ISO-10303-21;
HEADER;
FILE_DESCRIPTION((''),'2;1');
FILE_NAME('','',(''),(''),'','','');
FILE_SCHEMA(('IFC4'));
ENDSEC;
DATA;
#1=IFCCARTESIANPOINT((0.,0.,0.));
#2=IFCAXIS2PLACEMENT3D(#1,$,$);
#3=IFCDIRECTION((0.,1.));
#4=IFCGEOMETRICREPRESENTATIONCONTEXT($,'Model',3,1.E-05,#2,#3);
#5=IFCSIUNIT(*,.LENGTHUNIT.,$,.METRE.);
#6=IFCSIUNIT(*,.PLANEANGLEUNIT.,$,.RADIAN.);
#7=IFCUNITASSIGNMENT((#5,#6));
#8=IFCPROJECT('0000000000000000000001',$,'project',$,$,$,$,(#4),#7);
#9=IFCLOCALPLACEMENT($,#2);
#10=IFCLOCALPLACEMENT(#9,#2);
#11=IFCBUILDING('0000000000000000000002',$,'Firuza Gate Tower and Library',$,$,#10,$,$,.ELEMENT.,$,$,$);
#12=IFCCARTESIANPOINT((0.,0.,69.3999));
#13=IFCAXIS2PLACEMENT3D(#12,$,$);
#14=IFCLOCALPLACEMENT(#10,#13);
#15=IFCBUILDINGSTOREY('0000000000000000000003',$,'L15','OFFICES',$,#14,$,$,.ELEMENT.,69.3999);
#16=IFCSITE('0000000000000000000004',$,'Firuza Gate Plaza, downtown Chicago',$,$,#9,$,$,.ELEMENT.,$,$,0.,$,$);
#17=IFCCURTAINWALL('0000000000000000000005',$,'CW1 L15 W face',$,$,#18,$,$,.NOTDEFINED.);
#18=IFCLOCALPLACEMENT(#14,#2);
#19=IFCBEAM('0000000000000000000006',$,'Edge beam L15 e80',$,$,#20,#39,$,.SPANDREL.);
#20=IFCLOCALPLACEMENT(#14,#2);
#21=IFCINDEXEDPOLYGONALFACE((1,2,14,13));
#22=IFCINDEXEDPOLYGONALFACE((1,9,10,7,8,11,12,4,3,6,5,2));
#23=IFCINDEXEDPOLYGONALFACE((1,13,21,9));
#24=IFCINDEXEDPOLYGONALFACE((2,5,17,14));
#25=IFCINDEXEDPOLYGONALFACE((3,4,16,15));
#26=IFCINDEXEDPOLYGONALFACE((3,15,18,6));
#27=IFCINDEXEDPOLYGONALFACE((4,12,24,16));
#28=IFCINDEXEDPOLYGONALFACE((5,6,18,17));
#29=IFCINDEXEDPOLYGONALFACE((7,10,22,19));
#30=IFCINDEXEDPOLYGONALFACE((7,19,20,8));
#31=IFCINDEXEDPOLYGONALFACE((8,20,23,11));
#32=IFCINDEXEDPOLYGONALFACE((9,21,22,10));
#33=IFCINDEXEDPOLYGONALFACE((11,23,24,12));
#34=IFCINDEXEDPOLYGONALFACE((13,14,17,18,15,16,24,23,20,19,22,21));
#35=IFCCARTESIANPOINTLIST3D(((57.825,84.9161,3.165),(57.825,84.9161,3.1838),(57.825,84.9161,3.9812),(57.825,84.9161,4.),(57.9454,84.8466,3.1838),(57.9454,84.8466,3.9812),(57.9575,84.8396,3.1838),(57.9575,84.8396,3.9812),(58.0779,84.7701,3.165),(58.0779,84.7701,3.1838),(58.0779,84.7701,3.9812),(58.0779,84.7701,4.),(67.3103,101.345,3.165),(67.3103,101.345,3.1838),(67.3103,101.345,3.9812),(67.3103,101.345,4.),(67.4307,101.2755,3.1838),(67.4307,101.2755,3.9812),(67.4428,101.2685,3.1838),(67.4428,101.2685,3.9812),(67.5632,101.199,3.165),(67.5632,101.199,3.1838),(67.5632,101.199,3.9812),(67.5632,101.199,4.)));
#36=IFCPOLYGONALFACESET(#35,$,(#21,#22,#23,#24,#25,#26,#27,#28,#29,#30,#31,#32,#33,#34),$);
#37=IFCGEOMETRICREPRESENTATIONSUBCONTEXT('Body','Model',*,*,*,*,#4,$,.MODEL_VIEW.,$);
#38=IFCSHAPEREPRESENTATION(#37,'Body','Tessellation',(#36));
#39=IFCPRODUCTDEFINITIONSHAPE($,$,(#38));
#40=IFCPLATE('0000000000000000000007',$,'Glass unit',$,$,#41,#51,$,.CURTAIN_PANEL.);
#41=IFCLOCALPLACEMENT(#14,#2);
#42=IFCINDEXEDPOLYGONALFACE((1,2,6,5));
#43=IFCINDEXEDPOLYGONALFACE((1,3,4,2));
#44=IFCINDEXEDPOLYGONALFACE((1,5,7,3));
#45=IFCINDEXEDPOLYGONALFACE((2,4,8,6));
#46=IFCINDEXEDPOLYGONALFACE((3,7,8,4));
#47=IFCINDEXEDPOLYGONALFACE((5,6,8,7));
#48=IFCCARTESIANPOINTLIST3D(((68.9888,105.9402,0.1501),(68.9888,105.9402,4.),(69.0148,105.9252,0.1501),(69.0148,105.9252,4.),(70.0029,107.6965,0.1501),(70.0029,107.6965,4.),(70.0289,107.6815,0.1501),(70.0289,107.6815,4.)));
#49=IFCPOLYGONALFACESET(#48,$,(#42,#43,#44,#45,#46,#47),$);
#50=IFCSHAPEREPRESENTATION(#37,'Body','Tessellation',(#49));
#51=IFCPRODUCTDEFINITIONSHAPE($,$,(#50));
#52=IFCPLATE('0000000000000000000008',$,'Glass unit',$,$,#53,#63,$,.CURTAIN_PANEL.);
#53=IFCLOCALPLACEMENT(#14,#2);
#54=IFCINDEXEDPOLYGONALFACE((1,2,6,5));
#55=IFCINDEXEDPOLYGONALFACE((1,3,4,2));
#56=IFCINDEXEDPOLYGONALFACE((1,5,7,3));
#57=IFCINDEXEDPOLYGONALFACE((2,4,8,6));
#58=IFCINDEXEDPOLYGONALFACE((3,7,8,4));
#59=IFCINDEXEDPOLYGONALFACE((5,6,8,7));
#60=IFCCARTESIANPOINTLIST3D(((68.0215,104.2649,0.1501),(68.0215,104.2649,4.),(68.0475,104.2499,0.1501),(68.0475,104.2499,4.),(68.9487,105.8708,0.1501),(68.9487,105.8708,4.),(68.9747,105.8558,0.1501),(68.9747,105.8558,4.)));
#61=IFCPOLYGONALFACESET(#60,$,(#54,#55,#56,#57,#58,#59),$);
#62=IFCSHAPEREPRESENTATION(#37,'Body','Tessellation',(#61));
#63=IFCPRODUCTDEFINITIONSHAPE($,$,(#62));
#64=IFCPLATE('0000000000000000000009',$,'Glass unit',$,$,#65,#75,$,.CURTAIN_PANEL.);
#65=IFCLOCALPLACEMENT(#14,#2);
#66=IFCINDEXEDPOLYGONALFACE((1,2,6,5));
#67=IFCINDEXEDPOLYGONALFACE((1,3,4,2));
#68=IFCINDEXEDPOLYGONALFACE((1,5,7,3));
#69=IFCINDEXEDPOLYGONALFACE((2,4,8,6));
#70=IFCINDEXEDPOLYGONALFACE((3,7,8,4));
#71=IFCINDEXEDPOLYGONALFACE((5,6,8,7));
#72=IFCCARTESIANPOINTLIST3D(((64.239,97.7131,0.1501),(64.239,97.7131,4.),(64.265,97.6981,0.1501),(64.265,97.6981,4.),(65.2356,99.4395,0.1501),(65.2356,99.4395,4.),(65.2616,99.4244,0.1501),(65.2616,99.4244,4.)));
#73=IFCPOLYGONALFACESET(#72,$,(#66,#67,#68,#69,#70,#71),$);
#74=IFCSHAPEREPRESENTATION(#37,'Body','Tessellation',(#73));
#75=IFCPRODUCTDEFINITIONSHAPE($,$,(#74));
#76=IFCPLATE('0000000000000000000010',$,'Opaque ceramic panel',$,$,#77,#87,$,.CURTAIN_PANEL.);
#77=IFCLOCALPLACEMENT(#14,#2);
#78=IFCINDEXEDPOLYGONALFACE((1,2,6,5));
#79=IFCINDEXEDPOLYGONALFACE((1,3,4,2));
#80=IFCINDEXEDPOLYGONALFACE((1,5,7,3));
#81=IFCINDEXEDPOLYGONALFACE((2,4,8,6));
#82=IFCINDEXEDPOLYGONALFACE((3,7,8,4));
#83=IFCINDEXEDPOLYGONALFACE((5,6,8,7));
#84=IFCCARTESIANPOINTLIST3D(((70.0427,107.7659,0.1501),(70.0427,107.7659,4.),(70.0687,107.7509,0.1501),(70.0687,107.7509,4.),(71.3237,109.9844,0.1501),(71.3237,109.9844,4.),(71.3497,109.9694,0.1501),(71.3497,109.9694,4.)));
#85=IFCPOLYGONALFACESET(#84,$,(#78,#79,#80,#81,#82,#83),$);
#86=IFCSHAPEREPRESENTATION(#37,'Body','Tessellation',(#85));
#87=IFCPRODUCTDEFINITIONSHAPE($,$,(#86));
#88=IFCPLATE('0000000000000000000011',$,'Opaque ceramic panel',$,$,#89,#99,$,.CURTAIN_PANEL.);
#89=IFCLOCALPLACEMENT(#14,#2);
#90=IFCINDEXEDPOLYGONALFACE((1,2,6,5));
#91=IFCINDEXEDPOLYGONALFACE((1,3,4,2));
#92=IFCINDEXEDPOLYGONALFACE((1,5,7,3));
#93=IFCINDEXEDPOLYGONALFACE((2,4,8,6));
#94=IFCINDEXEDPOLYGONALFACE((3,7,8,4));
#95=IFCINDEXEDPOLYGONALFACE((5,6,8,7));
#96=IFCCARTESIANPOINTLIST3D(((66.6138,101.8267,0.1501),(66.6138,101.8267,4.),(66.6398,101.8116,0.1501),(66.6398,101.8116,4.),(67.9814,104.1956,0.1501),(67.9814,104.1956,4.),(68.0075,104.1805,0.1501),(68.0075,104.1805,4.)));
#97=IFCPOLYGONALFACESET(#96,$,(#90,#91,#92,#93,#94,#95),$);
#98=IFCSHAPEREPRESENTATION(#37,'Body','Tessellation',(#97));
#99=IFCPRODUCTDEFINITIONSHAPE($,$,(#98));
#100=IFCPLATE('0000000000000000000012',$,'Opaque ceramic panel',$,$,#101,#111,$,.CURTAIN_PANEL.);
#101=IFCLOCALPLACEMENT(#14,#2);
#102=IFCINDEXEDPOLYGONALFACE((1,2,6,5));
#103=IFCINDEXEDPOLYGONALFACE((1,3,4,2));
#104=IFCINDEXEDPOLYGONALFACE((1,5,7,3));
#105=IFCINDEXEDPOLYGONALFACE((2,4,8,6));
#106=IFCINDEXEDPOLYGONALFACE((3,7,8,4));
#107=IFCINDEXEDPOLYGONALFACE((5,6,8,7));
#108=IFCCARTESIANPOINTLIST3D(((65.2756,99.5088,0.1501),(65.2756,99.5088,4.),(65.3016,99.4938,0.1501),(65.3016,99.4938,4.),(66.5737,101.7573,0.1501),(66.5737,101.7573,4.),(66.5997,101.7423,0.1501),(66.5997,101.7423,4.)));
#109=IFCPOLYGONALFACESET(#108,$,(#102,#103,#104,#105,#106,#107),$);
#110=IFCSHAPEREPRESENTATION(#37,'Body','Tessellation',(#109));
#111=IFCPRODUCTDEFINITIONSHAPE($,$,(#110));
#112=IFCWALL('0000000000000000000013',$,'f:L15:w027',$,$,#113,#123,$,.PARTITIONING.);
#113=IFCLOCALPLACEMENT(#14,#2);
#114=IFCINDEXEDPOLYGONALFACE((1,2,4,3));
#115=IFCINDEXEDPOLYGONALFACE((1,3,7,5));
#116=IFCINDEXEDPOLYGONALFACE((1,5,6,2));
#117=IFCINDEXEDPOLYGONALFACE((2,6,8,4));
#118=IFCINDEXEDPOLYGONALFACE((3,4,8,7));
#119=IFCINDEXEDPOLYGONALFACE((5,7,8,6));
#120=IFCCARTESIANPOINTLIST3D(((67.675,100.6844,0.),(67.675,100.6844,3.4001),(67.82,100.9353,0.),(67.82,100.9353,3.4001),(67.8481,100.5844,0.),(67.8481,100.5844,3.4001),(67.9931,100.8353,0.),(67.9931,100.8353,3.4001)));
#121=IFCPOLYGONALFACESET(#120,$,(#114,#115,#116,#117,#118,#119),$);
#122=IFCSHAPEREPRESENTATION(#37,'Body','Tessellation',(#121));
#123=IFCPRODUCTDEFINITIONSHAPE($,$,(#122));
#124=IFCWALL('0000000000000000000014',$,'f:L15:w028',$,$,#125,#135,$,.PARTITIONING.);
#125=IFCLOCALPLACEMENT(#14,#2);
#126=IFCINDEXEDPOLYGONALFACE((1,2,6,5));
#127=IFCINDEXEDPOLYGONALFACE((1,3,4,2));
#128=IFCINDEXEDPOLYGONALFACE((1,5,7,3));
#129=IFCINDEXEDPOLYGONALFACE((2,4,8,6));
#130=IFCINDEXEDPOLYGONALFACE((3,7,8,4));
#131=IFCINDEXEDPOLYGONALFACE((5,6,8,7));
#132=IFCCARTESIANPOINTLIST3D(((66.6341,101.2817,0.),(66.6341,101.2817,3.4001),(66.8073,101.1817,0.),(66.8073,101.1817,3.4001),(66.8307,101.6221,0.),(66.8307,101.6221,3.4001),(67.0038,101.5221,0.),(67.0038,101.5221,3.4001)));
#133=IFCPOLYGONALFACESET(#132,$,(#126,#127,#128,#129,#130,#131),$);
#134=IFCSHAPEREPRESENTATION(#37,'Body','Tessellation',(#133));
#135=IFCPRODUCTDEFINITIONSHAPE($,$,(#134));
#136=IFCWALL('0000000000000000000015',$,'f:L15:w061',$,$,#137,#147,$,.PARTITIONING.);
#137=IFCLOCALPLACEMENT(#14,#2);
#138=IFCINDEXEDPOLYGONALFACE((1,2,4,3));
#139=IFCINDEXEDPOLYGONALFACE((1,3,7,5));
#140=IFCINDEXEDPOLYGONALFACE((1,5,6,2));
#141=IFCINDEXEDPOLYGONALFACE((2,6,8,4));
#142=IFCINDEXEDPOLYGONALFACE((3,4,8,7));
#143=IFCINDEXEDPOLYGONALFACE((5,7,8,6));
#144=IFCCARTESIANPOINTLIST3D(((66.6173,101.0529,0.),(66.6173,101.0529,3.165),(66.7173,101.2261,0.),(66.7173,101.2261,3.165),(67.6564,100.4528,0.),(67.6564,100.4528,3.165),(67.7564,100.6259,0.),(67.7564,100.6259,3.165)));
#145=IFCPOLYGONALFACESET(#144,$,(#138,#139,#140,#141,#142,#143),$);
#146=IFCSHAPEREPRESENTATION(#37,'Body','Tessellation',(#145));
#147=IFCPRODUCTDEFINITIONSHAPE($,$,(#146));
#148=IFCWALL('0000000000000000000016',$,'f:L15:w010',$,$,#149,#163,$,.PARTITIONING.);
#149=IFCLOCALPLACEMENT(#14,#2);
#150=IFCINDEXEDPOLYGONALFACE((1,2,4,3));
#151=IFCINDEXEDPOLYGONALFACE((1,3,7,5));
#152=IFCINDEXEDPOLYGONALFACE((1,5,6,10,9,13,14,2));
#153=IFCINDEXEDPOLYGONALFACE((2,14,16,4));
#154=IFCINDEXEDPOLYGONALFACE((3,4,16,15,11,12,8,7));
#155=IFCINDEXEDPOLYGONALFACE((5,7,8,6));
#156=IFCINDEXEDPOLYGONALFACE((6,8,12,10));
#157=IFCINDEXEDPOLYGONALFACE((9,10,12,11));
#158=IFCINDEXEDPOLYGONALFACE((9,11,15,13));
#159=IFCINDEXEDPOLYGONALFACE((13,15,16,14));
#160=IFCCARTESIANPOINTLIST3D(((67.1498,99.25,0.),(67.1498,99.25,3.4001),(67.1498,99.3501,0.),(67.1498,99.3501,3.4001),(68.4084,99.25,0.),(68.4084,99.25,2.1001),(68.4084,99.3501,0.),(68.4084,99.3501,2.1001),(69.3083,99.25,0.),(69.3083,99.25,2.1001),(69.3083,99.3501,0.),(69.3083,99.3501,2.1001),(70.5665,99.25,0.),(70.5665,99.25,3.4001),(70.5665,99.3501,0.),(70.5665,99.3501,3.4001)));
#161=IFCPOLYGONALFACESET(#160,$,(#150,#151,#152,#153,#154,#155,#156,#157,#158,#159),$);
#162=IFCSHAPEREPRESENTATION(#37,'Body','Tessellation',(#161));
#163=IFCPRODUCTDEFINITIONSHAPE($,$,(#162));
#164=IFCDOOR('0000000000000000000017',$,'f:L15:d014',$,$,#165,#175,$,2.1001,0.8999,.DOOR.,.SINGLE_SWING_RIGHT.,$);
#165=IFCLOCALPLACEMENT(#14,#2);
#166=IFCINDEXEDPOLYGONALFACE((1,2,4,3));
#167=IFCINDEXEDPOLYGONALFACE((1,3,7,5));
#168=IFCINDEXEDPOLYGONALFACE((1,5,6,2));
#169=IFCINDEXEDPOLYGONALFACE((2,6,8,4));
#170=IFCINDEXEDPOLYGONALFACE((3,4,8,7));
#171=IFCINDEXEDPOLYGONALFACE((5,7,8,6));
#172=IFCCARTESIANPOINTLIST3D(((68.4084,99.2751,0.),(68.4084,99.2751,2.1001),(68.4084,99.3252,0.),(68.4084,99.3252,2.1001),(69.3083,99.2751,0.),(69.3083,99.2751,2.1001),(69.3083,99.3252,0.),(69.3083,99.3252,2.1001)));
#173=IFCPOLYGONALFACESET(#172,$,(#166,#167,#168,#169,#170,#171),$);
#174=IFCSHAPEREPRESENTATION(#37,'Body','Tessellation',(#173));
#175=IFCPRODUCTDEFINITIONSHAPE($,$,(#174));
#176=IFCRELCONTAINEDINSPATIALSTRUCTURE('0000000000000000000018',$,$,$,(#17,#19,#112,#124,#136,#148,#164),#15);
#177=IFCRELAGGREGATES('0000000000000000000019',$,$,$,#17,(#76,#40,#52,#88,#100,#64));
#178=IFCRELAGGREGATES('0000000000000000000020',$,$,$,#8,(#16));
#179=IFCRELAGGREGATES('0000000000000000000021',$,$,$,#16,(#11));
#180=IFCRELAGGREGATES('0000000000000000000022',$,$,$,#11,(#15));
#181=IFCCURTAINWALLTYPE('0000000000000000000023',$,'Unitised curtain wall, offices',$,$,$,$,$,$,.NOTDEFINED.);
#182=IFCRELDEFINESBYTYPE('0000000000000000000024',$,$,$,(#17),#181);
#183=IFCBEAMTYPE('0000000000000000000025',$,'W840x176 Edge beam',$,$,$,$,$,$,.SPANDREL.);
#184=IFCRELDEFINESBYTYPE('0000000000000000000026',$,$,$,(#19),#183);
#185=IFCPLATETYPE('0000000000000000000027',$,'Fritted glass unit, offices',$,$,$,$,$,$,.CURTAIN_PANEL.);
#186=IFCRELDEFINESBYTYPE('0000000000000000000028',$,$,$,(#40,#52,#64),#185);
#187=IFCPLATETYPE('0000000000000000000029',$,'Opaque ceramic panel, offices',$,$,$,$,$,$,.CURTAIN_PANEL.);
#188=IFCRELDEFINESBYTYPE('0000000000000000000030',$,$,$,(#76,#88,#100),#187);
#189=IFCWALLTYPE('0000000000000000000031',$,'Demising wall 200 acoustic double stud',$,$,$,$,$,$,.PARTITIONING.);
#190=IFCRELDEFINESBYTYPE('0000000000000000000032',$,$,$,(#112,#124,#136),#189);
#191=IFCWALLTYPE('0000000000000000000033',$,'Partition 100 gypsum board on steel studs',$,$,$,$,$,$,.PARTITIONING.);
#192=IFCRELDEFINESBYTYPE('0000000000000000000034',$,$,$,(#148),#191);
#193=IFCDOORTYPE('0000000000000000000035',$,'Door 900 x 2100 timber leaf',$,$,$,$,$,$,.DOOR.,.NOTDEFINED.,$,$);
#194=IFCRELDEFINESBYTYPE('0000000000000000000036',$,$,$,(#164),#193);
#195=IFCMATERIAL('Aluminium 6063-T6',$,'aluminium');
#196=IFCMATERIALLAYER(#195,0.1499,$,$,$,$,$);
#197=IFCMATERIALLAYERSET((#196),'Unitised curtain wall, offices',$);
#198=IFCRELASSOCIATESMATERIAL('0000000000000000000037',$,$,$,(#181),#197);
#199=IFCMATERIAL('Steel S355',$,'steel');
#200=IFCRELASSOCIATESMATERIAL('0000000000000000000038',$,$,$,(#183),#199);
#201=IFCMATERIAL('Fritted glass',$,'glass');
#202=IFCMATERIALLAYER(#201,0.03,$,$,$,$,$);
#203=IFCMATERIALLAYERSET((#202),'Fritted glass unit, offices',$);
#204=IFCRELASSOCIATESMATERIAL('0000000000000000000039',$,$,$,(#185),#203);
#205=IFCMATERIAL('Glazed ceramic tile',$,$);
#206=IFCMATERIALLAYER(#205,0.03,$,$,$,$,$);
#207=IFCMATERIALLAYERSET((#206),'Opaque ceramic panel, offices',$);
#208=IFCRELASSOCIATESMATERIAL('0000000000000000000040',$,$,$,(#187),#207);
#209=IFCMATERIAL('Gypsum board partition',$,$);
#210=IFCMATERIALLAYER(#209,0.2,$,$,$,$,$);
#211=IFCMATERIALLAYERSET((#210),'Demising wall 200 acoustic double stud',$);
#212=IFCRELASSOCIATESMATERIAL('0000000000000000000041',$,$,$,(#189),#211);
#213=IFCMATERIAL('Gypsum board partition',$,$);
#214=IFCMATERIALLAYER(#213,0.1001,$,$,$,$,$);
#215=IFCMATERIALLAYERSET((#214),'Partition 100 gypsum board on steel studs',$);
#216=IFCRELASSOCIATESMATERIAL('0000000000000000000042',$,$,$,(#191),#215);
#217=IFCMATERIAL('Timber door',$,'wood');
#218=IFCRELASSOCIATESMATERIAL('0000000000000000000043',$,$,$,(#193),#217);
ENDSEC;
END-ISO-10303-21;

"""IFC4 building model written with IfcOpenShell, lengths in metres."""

from ifc_helpers import new_model, si_unit, direction, frame, frame_2d, origin, origin_2d, place, context, subcontext, project, spatial, polyline, rectangle, i_section, outline, extrude, material, layer, layer_set, material_profile, profile_set, type_object, element, fill, aggregate, save


model = new_model("IFC4")

# Units and contexts
model_context = context("Model", 3, precision=1e-05, world=origin(), true_north=direction((0.0, 1.0)))
body_context = subcontext(model_context, "Body", "Model", "MODEL_VIEW")
ifc_project = project(units=[si_unit("LENGTHUNIT", "METRE"), si_unit("PLANEANGLEUNIT", "RADIAN")], contexts=[model_context])

# Site, building, storey
site_placement = place(None, origin())
site = spatial("IfcSite", under=ifc_project, at=site_placement, Name="Firuza Gate Plaza, downtown Chicago", CompositionType="ELEMENT", RefElevation=0.0)
building_placement = place(site_placement, origin())
building = spatial("IfcBuilding", under=site, at=building_placement, Name="Firuza Gate Tower and Library", CompositionType="ELEMENT")
storey_placement = place(building_placement, frame((0.0, 0.0, 69.3999)))
storey = spatial("IfcBuildingStorey", under=building, at=storey_placement, Name="L15", Description="OFFICES", CompositionType="ELEMENT", Elevation=69.3999)

# Curtain wall
ifc_material_1 = material(Name="Aluminium 6063-T6", Category="aluminium")
ifc_layer_1 = layer(ifc_material_1, 0.1499)
ifc_layer_set_1 = layer_set([ifc_layer_1], Name="Unitised curtain wall, offices")
curtain_wall_type_1 = type_object("IfcCurtainWallType", Name="Unitised curtain wall, offices", PredefinedType="NOTDEFINED", material=ifc_layer_set_1)
placement = place(storey_placement, origin())
curtain_wall_1 = element("IfcCurtainWall", 1, at=placement, inside=storey, type_object=curtain_wall_type_1, Name="CW1 L15 W face", PredefinedType="NOTDEFINED")

# Beam
ifc_material_2 = material(Name="Steel S355", Category="steel")
ifc_material_profile_1 = material_profile(ifc_material_2, i_section(OverallWidth=0.292, OverallDepth=0.835, WebThickness=0.0139, FlangeThickness=0.0188, at=origin_2d()))
ifc_profile_set_1 = profile_set([ifc_material_profile_1], Name="Steel S355")
beam_type_1 = type_object("IfcBeamType", Name="W840x176 Edge beam", PredefinedType="SPANDREL", material=ifc_profile_set_1)
beam_1_placement = place(storey_placement, frame((67.4368, 101.272, 3.5825), z_axis=(-0.500004, -0.866023, 0.0), x_axis=(0.866023, -0.500004, 0.0)))
element("IfcBeam", 2, at=beam_1_placement, inside=storey, type_object=beam_type_1, Name="Edge beam L15 e80", PredefinedType="SPANDREL", context=body_context, shape_type="SweptSolid", body=[
    extrude(i_section(OverallWidth=0.292, OverallDepth=0.835, WebThickness=0.0139, FlangeThickness=0.0188, at=origin_2d()), origin(), (0.0, 0.0, 1.0), 18.9705),
])

# Plates
ifc_material_3 = material(Name="Fritted glass", Category="glass")
ifc_layer_2 = layer(ifc_material_3, 0.03)
ifc_layer_set_2 = layer_set([ifc_layer_2], Name="Fritted glass unit, offices")
plate_type_1 = type_object("IfcPlateType", Name="Fritted glass unit, offices", PredefinedType="CURTAIN_PANEL", material=ifc_layer_set_2)
plate_1_placement = place(storey_placement, frame((70.0029, 107.6965, 0.1501), z_axis=(-0.865997, 0.500049, 0.0), x_axis=(-0.500049, -0.865997, 0.0)))
plate_1 = element("IfcPlate", 3, at=plate_1_placement, type_object=plate_type_1, Name="Glass unit", PredefinedType="CURTAIN_PANEL", context=body_context, shape_type="SweptSolid", body=[
    extrude(outline(polyline([(0.0, 0.0), (2.0281, 0.0), (2.0281, 3.8499), (0.0, 3.8499), (0.0, 0.0)])), origin(), (0.0, 0.0, -1.0), 0.03),
])
plate_2_placement = place(storey_placement, frame((68.9487, 105.8708, 0.1501), z_axis=(-0.866015, 0.500019, 0.0), x_axis=(-0.500019, -0.866015, 0.0)))
plate_2 = element("IfcPlate", 4, at=plate_2_placement, type_object=plate_type_1, Name="Glass unit", PredefinedType="CURTAIN_PANEL", context=body_context, shape_type="SweptSolid", body=[
    extrude(outline(polyline([(0.0, 0.0), (1.8544, 0.0), (1.8544, 3.8499), (0.0, 3.8499), (0.0, 0.0)])), origin(), (0.0, 0.0, -1.0), 0.03),
])
plate_3_placement = place(storey_placement, frame((65.2356, 99.4395, 0.1501), z_axis=(-0.866049, 0.499959, 0.0), x_axis=(-0.499959, -0.866049, 0.0)))
plate_3 = element("IfcPlate", 5, at=plate_3_placement, type_object=plate_type_1, Name="Glass unit", PredefinedType="CURTAIN_PANEL", context=body_context, shape_type="SweptSolid", body=[
    extrude(outline(polyline([(0.0, 0.0), (1.9933, 0.0), (1.9933, 3.8499), (0.0, 3.8499), (0.0, 0.0)])), origin(), (0.0, 0.0, -1.0), 0.03),
])
ifc_material_4 = material(Name="Glazed ceramic tile")
ifc_layer_3 = layer(ifc_material_4, 0.03)
ifc_layer_set_3 = layer_set([ifc_layer_3], Name="Opaque ceramic panel, offices")
plate_type_2 = type_object("IfcPlateType", Name="Opaque ceramic panel, offices", PredefinedType="CURTAIN_PANEL", material=ifc_layer_set_3)
plate_4_placement = place(storey_placement, frame((71.3237, 109.9844, 0.1501), z_axis=(-0.866, 0.500044, 0.0), x_axis=(-0.500044, -0.866, 0.0)))
plate_4 = element("IfcPlate", 6, at=plate_4_placement, type_object=plate_type_2, Name="Opaque ceramic panel", PredefinedType="CURTAIN_PANEL", context=body_context, shape_type="SweptSolid", body=[
    extrude(outline(polyline([(0.0, 0.0), (2.5618, 0.0), (2.5618, 3.8499), (0.0, 3.8499), (0.0, 0.0)])), origin(), (0.0, 0.0, -1.0), 0.03),
])
plate_5_placement = place(storey_placement, frame((67.9814, 104.1956, 0.1501), z_axis=(-0.866027, 0.499998, 0.0), x_axis=(-0.499998, -0.866027, 0.0)))
plate_5 = element("IfcPlate", 7, at=plate_5_placement, type_object=plate_type_2, Name="Opaque ceramic panel", PredefinedType="CURTAIN_PANEL", context=body_context, shape_type="SweptSolid", body=[
    extrude(outline(polyline([(0.0, 0.0), (2.7354, 0.0), (2.7354, 3.8499), (0.0, 3.8499), (0.0, 0.0)])), origin(), (0.0, 0.0, -1.0), 0.03),
])
plate_6_placement = place(storey_placement, frame((66.5737, 101.7573, 0.1501), z_axis=(-0.866042, 0.499972, 0.0), x_axis=(-0.499972, -0.866042, 0.0)))
plate_6 = element("IfcPlate", 8, at=plate_6_placement, type_object=plate_type_2, Name="Opaque ceramic panel", PredefinedType="CURTAIN_PANEL", context=body_context, shape_type="SweptSolid", body=[
    extrude(outline(polyline([(0.0, 0.0), (2.5963, 0.0), (2.5963, 3.8499), (0.0, 3.8499), (0.0, 0.0)])), origin(), (0.0, 0.0, -1.0), 0.03),
])
aggregate(curtain_wall_1, [plate_4, plate_1, plate_2, plate_5, plate_6, plate_3])

# Walls
ifc_material_5 = material(Name="Gypsum board partition")
ifc_layer_4 = layer(ifc_material_5, 0.2)
ifc_layer_set_4 = layer_set([ifc_layer_4], Name="Demising wall 200 acoustic double stud")
wall_type_1 = type_object("IfcWallType", Name="Demising wall 200 acoustic double stud", PredefinedType="PARTITIONING", material=ifc_layer_set_4)
wall_1_placement = place(storey_placement, frame((67.7615, 100.6343, 0.0), z_axis=(0.0, 0.0, 1.0), x_axis=(0.500306, 0.865849, 0.0)))
element("IfcWall", 9, at=wall_1_placement, inside=storey, type_object=wall_type_1, Name="f:L15:w027", PredefinedType="PARTITIONING", context=body_context, shape_type="SweptSolid", body=[
    extrude(rectangle(XDim=0.2898, YDim=0.2, at=frame_2d((0.145, 0.0))), origin(), (0.0, 0.0, 1.0), 3.4001),
])
wall_2_placement = place(storey_placement, frame((66.7207, 101.2317, 0.0), z_axis=(0.0, 0.0, 1.0), x_axis=(0.500081, 0.865979, 0.0)))
element("IfcWall", 10, at=wall_2_placement, inside=storey, type_object=wall_type_1, Name="f:L15:w028", PredefinedType="PARTITIONING", context=body_context, shape_type="SweptSolid", body=[
    extrude(rectangle(XDim=0.3931, YDim=0.2, at=frame_2d((0.1965, 0.0))), origin(), (0.0, 0.0, 1.0), 3.4001),
])
wall_3_placement = place(storey_placement, frame((67.7065, 100.5393, 0.0), z_axis=(0.0, 0.0, 1.0), x_axis=(-0.865955, 0.500122, 0.0)))
element("IfcWall", 11, at=wall_3_placement, inside=storey, type_object=wall_type_1, Name="f:L15:w061", PredefinedType="PARTITIONING", context=body_context, shape_type="SweptSolid", body=[
    extrude(rectangle(XDim=1.2, YDim=0.2, at=frame_2d((0.6001, 0.0))), origin(), (0.0, 0.0, 1.0), 3.165),
])

# Wall, opening, door
ifc_material_6 = material(Name="Gypsum board partition")
ifc_layer_5 = layer(ifc_material_6, 0.1001)
ifc_layer_set_5 = layer_set([ifc_layer_5], Name="Partition 100 gypsum board on steel studs")
wall_type_2 = type_object("IfcWallType", Name="Partition 100 gypsum board on steel studs", PredefinedType="PARTITIONING", material=ifc_layer_set_5)
wall_4_placement = place(storey_placement, frame((70.5667, 99.3, 0.0), z_axis=(0.0, 0.0, 1.0), x_axis=(-1.0, 0.0, 0.0)))
wall_4 = element("IfcWall", 12, at=wall_4_placement, inside=storey, type_object=wall_type_2, Name="f:L15:w010", PredefinedType="PARTITIONING", context=body_context, shape_type="SweptSolid", body=[
    extrude(rectangle(XDim=3.4167, YDim=0.1001, at=frame_2d((1.7085, 0.0))), origin(), (0.0, 0.0, 1.0), 3.4001),
])
opening_1_placement = place(wall_4_placement, frame((1.2583, 0.0, 0.0)))
opening_1 = element("IfcOpeningElement", 13, at=opening_1_placement, cuts=wall_4, PredefinedType="OPENING", context=body_context, shape_type="SweptSolid", body=[
    extrude(rectangle(XDim=0.8999, YDim=2.1001, at=frame_2d((0.45, 1.05))), frame((0.0, 0.0601, 0.0), z_axis=(0.0, -1.0, 0.0), x_axis=(1.0, 0.0, 0.0)), (0.0, 0.0, 1.0), 0.1201),
])
ifc_material_7 = material(Name="Timber door", Category="wood")
door_type = type_object("IfcDoorType", Name="Door 900 x 2100 timber leaf", OperationType="NOTDEFINED", PredefinedType="DOOR", material=ifc_material_7)
door_1_placement = place(opening_1_placement, origin())
door_1 = element("IfcDoor", 14, at=door_1_placement, inside=storey, type_object=door_type, Name="f:L15:d014", OperationType="SINGLE_SWING_RIGHT", OverallHeight=2.1001, OverallWidth=0.8999, PredefinedType="DOOR", context=body_context, shape_type="SweptSolid", body=[
    extrude(rectangle(XDim=0.8999, YDim=2.1001, at=frame_2d((0.45, 1.05))), frame((0.0, 0.0249, 0.0), z_axis=(0.0, -1.0, 0.0), x_axis=(1.0, 0.0, 0.0)), (0.0, 0.0, 1.0), 0.05),
])
fill(opening_1, door_1)

save(model, "model.ifc")
